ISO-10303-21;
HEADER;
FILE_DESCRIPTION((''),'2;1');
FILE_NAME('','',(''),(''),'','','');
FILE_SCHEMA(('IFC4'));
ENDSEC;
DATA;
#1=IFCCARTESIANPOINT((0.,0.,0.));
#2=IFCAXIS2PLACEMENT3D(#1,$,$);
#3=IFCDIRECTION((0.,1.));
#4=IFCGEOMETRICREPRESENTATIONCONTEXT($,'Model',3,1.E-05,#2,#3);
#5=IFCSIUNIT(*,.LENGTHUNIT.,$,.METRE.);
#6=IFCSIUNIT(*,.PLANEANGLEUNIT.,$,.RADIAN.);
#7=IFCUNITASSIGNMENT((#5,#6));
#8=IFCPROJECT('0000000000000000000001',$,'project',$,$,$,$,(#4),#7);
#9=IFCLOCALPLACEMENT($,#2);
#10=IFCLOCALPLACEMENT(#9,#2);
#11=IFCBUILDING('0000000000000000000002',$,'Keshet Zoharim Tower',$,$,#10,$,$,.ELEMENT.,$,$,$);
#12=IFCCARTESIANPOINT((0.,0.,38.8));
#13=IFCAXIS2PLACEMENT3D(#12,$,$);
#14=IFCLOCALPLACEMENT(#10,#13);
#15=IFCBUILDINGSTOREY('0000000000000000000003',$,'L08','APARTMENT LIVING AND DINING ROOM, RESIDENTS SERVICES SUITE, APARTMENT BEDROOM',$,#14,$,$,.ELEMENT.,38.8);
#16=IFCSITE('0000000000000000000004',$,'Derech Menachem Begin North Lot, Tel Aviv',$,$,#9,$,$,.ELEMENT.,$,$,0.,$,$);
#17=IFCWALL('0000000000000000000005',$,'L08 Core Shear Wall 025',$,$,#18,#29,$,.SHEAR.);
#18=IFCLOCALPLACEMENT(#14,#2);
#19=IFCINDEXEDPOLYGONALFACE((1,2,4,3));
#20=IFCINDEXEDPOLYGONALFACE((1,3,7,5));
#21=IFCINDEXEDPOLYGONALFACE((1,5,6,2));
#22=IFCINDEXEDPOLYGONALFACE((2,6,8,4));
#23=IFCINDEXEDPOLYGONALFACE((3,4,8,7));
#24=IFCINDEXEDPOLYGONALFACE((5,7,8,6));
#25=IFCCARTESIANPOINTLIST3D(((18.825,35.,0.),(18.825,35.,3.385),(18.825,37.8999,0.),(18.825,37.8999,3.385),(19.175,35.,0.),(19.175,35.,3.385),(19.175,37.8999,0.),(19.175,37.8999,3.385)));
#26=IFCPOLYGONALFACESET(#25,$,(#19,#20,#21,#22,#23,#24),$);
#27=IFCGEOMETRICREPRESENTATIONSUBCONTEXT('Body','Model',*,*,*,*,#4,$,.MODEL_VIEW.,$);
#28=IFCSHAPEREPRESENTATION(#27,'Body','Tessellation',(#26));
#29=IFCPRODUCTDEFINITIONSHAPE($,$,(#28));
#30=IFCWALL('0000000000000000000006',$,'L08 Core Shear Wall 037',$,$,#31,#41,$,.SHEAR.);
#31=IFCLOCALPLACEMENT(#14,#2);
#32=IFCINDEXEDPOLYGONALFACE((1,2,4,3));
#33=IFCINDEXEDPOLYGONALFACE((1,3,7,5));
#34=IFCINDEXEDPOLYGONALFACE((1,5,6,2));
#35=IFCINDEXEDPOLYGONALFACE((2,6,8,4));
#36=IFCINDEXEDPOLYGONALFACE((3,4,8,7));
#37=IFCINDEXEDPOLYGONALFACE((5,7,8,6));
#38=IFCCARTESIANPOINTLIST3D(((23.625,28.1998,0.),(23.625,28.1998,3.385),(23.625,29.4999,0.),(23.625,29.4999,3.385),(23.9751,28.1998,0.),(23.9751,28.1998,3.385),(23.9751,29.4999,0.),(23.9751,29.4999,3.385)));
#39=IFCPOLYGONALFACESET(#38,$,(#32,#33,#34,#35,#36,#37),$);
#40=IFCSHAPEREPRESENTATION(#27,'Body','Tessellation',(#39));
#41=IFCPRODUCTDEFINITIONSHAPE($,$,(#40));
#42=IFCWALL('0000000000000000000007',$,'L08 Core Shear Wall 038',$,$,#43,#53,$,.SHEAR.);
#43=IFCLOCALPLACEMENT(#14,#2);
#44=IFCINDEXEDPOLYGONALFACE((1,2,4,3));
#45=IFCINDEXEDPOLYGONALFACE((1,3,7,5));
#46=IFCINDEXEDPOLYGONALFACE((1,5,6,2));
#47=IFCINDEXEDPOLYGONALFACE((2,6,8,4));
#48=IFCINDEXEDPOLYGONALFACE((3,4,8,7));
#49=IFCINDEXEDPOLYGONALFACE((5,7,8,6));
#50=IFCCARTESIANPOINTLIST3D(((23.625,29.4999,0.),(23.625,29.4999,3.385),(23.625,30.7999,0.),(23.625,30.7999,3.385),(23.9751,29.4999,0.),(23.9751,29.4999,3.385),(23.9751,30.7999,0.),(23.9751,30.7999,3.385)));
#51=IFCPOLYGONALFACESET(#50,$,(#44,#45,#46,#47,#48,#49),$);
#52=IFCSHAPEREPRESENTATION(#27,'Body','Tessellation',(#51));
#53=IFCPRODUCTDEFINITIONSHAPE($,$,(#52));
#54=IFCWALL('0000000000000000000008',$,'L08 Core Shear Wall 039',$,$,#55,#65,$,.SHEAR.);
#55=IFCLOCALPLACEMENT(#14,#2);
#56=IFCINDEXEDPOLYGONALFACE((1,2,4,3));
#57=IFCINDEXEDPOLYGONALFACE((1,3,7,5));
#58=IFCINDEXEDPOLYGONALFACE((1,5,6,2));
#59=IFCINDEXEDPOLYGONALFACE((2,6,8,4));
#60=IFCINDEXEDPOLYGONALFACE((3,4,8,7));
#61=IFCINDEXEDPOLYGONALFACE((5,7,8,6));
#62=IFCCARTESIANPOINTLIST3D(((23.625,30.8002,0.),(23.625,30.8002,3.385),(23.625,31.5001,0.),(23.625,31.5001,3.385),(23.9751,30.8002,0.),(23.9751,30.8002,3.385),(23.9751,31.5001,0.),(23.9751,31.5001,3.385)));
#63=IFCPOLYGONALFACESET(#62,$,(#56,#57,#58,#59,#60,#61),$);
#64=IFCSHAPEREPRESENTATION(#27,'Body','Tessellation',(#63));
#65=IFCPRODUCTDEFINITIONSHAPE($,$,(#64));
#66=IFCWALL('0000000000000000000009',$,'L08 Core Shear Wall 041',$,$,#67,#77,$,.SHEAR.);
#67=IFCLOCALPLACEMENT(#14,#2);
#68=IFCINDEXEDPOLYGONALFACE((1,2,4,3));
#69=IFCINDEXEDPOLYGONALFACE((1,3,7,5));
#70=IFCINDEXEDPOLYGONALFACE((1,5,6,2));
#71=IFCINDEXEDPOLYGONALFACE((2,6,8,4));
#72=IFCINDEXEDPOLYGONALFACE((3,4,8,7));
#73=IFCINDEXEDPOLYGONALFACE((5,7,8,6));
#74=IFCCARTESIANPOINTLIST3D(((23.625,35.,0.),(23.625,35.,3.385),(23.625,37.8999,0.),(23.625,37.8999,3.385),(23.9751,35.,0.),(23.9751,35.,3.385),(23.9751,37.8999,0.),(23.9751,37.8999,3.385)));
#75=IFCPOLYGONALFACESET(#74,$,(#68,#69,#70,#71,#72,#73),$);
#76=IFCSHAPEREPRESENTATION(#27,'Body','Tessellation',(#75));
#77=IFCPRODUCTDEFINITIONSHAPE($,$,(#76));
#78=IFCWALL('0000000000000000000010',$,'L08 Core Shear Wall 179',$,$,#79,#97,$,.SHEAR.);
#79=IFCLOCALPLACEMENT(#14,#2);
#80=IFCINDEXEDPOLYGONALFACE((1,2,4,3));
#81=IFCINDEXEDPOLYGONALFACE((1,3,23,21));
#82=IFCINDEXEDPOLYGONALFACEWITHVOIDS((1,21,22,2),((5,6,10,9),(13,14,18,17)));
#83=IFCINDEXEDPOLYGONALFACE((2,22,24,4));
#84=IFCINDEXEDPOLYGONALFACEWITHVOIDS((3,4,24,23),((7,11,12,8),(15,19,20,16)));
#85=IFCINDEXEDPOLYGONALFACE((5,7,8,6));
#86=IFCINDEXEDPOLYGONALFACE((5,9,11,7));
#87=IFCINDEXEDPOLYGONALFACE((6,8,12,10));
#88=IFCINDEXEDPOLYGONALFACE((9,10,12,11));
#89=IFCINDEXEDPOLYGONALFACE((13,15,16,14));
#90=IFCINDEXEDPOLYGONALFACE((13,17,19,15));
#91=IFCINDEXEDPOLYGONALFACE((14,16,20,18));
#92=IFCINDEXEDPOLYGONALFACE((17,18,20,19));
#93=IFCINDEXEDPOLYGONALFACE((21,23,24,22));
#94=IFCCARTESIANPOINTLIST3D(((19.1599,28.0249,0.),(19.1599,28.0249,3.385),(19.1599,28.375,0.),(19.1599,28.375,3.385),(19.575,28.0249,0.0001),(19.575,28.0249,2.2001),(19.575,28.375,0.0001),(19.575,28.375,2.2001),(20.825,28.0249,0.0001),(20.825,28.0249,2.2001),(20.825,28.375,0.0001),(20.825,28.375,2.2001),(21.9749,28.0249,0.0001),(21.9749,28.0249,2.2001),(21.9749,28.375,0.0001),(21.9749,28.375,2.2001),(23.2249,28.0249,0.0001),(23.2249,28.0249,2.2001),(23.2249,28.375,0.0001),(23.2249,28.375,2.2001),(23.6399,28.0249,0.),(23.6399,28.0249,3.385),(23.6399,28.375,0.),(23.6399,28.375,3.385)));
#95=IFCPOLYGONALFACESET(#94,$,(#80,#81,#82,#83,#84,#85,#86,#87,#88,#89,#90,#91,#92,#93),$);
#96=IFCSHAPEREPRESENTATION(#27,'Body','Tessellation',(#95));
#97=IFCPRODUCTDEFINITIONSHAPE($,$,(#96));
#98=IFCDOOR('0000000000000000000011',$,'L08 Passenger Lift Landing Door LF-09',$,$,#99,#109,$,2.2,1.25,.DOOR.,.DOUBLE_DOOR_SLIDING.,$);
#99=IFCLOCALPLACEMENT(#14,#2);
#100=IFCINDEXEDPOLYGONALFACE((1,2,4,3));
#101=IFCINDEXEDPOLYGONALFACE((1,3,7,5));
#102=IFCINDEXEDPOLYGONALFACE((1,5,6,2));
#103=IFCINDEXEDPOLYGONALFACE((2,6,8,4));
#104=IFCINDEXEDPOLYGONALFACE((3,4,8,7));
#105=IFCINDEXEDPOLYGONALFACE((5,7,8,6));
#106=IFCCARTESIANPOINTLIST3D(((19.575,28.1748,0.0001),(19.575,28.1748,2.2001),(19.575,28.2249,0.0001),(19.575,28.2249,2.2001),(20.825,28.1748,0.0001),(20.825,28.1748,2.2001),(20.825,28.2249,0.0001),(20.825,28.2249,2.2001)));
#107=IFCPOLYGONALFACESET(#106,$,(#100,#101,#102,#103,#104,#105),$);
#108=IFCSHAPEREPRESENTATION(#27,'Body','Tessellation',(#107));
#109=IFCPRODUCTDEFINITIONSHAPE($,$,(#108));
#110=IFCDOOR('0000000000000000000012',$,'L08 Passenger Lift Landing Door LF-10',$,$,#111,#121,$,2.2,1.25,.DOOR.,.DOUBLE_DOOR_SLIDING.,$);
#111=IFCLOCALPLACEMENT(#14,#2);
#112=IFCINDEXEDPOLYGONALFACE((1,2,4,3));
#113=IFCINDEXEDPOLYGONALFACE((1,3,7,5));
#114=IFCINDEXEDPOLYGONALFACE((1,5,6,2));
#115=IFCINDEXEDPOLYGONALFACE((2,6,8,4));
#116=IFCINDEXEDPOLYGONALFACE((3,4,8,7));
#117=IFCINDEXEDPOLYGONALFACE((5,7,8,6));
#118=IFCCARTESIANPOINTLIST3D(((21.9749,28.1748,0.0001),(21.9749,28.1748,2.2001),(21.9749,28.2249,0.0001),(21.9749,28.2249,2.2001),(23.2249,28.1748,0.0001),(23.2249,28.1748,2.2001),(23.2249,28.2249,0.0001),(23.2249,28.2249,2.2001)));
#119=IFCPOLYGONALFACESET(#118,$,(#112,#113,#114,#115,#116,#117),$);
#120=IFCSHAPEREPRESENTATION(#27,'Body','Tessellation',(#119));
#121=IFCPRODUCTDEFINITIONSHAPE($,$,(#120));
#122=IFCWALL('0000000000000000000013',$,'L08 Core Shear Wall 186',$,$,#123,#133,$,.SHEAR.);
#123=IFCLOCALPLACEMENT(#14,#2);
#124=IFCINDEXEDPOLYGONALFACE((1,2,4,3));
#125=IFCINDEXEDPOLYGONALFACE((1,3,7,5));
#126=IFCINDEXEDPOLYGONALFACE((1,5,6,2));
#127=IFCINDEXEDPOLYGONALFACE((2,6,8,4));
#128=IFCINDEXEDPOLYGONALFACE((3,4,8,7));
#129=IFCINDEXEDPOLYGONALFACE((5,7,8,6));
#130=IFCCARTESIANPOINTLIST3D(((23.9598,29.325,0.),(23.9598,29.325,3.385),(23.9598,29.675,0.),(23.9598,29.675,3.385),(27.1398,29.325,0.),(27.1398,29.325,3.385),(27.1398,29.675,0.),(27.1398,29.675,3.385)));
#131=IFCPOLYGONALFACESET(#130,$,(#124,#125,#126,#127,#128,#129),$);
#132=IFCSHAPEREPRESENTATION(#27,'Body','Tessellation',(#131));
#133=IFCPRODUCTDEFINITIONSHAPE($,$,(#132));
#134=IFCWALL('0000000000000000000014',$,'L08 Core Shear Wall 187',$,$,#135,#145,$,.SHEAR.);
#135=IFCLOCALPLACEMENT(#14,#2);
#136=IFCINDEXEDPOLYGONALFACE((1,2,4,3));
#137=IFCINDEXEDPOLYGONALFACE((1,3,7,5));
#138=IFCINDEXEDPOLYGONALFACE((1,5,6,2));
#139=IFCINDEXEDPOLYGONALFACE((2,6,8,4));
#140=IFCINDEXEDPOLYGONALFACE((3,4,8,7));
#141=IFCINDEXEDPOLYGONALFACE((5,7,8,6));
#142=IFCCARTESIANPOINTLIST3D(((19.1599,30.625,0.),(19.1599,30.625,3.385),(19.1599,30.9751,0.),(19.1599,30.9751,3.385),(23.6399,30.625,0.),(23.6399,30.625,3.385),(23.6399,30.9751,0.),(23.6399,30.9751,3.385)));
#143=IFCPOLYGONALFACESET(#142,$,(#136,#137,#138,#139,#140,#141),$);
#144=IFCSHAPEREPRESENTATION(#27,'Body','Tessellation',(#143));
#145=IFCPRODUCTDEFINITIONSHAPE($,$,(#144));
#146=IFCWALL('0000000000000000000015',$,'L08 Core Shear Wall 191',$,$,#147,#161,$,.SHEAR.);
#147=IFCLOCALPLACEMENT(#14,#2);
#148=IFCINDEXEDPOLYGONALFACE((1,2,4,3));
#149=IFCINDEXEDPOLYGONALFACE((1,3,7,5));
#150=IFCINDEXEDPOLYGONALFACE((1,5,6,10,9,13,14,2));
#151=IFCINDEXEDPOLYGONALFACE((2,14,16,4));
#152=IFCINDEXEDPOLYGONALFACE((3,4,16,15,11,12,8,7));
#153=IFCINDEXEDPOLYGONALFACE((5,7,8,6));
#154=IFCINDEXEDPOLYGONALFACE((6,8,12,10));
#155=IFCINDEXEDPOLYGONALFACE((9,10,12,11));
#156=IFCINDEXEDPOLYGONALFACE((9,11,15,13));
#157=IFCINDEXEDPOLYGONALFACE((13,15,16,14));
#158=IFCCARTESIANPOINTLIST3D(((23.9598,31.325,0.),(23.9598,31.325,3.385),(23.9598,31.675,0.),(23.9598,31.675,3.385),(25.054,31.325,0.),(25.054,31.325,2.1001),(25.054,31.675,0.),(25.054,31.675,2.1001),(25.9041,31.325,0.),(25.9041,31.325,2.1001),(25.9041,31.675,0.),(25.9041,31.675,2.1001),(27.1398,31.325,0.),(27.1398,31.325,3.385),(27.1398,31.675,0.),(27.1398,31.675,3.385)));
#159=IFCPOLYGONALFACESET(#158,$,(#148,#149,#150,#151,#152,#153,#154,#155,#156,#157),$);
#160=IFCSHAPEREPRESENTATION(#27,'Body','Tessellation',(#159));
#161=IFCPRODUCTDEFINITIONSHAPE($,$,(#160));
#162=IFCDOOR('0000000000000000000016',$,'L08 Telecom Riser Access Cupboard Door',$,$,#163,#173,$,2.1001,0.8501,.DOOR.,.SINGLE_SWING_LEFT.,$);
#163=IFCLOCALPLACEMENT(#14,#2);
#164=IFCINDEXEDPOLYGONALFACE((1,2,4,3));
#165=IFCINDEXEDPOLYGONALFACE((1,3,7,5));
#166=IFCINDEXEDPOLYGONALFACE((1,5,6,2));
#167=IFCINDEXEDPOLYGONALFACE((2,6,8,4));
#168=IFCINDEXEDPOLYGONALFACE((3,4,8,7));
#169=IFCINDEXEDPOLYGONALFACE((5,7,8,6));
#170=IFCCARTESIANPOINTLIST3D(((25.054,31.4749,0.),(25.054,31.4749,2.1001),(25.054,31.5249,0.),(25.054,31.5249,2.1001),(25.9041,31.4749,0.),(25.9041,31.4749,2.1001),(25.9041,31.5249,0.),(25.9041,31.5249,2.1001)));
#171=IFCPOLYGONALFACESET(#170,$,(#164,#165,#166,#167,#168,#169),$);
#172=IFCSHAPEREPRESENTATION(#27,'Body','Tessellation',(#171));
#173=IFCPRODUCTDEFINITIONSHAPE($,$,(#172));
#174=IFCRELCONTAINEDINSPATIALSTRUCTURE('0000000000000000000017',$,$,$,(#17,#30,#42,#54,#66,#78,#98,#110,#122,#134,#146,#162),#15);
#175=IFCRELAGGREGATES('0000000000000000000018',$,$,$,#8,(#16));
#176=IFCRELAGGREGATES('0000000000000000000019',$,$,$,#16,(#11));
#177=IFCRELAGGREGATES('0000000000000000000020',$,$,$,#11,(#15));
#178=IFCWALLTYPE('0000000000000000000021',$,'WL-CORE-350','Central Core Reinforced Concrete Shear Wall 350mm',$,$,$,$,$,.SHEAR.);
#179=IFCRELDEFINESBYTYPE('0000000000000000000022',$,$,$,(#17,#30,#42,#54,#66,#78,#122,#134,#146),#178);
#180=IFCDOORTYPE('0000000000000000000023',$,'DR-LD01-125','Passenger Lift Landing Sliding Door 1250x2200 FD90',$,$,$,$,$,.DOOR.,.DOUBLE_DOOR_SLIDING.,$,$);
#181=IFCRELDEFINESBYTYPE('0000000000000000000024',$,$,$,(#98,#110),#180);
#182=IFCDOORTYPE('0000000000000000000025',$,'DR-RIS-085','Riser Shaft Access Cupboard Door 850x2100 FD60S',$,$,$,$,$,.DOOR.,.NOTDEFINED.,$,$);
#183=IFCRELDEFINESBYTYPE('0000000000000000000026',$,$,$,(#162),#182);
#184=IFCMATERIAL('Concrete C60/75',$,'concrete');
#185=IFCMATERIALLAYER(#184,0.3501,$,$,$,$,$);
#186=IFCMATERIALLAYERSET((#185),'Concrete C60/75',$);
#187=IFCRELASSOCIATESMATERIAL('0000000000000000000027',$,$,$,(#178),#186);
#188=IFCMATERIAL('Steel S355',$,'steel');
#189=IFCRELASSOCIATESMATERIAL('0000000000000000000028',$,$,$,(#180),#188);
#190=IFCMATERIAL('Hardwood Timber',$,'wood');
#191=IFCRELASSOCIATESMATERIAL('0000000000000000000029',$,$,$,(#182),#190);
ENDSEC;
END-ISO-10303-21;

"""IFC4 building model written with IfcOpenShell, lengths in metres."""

from ifc_helpers import new_model, si_unit, direction, frame, frame_2d, origin, place, context, subcontext, project, spatial, rectangle, extrude, material, layer, layer_set, type_object, element, fill, save


model = new_model("IFC4")

# Units and contexts
model_context = context("Model", 3, precision=1e-05, world=origin(), true_north=direction((0.0, 1.0)))
body_context = subcontext(model_context, "Body", "Model", "MODEL_VIEW")
ifc_project = project(units=[si_unit("LENGTHUNIT", "METRE"), si_unit("PLANEANGLEUNIT", "RADIAN")], contexts=[model_context])

# Site, building, storey
site_placement = place(None, origin())
site = spatial("IfcSite", under=ifc_project, at=site_placement, Name="Derech Menachem Begin North Lot, Tel Aviv", CompositionType="ELEMENT", RefElevation=0.0)
building_placement = place(site_placement, origin())
building = spatial("IfcBuilding", under=site, at=building_placement, Name="Keshet Zoharim Tower", CompositionType="ELEMENT")
storey_placement = place(building_placement, frame((0.0, 0.0, 38.8)))
storey = spatial("IfcBuildingStorey", under=building, at=storey_placement, Name="L08", Description="APARTMENT LIVING AND DINING ROOM, RESIDENTS SERVICES SUITE, APARTMENT BEDROOM", CompositionType="ELEMENT", Elevation=38.8)

# Walls
ifc_material_1 = material(Name="Concrete C60/75", Category="concrete")
ifc_layer_1 = layer(ifc_material_1, 0.3501)
ifc_layer_set_1 = layer_set([ifc_layer_1], Name="Concrete C60/75")
wall_type_1 = type_object("IfcWallType", Name="WL-CORE-350", Description="Central Core Reinforced Concrete Shear Wall 350mm", PredefinedType="SHEAR", material=ifc_layer_set_1)
wall_1_placement = place(storey_placement, frame((19.0, 35.0, 0.0), z_axis=(0.0, 0.0, 1.0), x_axis=(0.0, 1.0, 0.0)))
element("IfcWall", 1, at=wall_1_placement, inside=storey, type_object=wall_type_1, Name="L08 Core Shear Wall 025", PredefinedType="SHEAR", context=body_context, shape_type="SweptSolid", body=[
    extrude(rectangle(XDim=2.8999, YDim=0.3501, at=frame_2d((1.45, 0.0))), origin(), (0.0, 0.0, 1.0), 3.385),
])
for number, where, z_axis, x_axis, name in (
    (2, (23.8, 28.2, 0.0), (0.0, 0.0, 1.0), (0.0, 1.0, 0.0), "L08 Core Shear Wall 037"),
    (3, (23.8, 29.5, 0.0), (0.0, 0.0, 1.0), (0.0, 1.0, 0.0), "L08 Core Shear Wall 038"),
):
    element("IfcWall", number, at=place(storey_placement, frame(where, z_axis=z_axis, x_axis=x_axis)), inside=storey, type_object=wall_type_1, Name=name, PredefinedType="SHEAR", context=body_context, shape_type="SweptSolid", body=[
        extrude(rectangle(XDim=1.3, YDim=0.3501, at=frame_2d((0.6499, 0.0))), origin(), (0.0, 0.0, 1.0), 3.385),
    ])
wall_2_placement = place(storey_placement, frame((23.8, 30.8, 0.0), z_axis=(0.0, 0.0, 1.0), x_axis=(0.0, 1.0, 0.0)))
element("IfcWall", 4, at=wall_2_placement, inside=storey, type_object=wall_type_1, Name="L08 Core Shear Wall 039", PredefinedType="SHEAR", context=body_context, shape_type="SweptSolid", body=[
    extrude(rectangle(XDim=0.7, YDim=0.3501, at=frame_2d((0.3501, 0.0))), origin(), (0.0, 0.0, 1.0), 3.385),
])

# Shared definitions
ifc_material_2 = material(Name="Hardwood Timber", Category="wood")

# Wall
wall_3_placement = place(storey_placement, frame((23.8, 35.0, 0.0), z_axis=(0.0, 0.0, 1.0), x_axis=(0.0, 1.0, 0.0)))
element("IfcWall", 5, at=wall_3_placement, inside=storey, type_object=wall_type_1, Name="L08 Core Shear Wall 041", PredefinedType="SHEAR", context=body_context, shape_type="SweptSolid", body=[
    extrude(rectangle(XDim=2.8999, YDim=0.3501, at=frame_2d((1.45, 0.0))), origin(), (0.0, 0.0, 1.0), 3.385),
])

# Wall, openings, doors
wall_4_placement = place(storey_placement, frame((19.1599, 28.2, 0.0), z_axis=(0.0, 0.0, 1.0), x_axis=(1.0, 0.0, 0.0)))
wall_4 = element("IfcWall", 6, at=wall_4_placement, inside=storey, type_object=wall_type_1, Name="L08 Core Shear Wall 179", PredefinedType="SHEAR", context=body_context, shape_type="SweptSolid", body=[
    extrude(rectangle(XDim=4.48, YDim=0.3501, at=frame_2d((2.24, 0.0))), origin(), (0.0, 0.0, 1.0), 3.385),
])
opening_1_placement = place(wall_4_placement, frame((0.415, 0.0, 0.0)))
opening_1 = element("IfcOpeningElement", 7, at=opening_1_placement, cuts=wall_4, PredefinedType="OPENING", context=body_context, shape_type="SweptSolid", body=[
    extrude(rectangle(XDim=1.25, YDim=2.2, at=frame_2d((0.625, 1.1001))), frame((0.0, 0.1851, 0.0), z_axis=(0.0, -1.0, 0.0), x_axis=(1.0, 0.0, 0.0)), (0.0, 0.0, 1.0), 0.3701),
])
opening_2_placement = place(wall_4_placement, frame((2.8149, 0.0, 0.0)))
opening_2 = element("IfcOpeningElement", 8, at=opening_2_placement, cuts=wall_4, PredefinedType="OPENING", context=body_context, shape_type="SweptSolid", body=[
    extrude(rectangle(XDim=1.25, YDim=2.2, at=frame_2d((0.625, 1.1001))), frame((0.0, 0.1851, 0.0), z_axis=(0.0, -1.0, 0.0), x_axis=(1.0, 0.0, 0.0)), (0.0, 0.0, 1.0), 0.3701),
])
ifc_material_3 = material(Name="Steel S355", Category="steel")
door_type_1 = type_object("IfcDoorType", Name="DR-LD01-125", Description="Passenger Lift Landing Sliding Door 1250x2200 FD90", OperationType="DOUBLE_DOOR_SLIDING", PredefinedType="DOOR", material=ifc_material_3)
door_1_placement = place(opening_1_placement, origin())
door_1 = element("IfcDoor", 9, at=door_1_placement, inside=storey, type_object=door_type_1, Name="L08 Passenger Lift Landing Door LF-09", OperationType="DOUBLE_DOOR_SLIDING", OverallHeight=2.2, OverallWidth=1.25, PredefinedType="DOOR", context=body_context, shape_type="SweptSolid", body=[
    extrude(rectangle(XDim=1.25, YDim=2.2, at=frame_2d((0.625, 1.1001))), frame((0.0, 0.0249, 0.0), z_axis=(0.0, -1.0, 0.0), x_axis=(1.0, 0.0, 0.0)), (0.0, 0.0, 1.0), 0.05),
])
fill(opening_1, door_1)
door_2_placement = place(opening_2_placement, origin())
door_2 = element("IfcDoor", 10, at=door_2_placement, inside=storey, type_object=door_type_1, Name="L08 Passenger Lift Landing Door LF-10", OperationType="DOUBLE_DOOR_SLIDING", OverallHeight=2.2, OverallWidth=1.25, PredefinedType="DOOR", context=body_context, shape_type="SweptSolid", body=[
    extrude(rectangle(XDim=1.25, YDim=2.2, at=frame_2d((0.625, 1.1001))), frame((0.0, 0.0249, 0.0), z_axis=(0.0, -1.0, 0.0), x_axis=(1.0, 0.0, 0.0)), (0.0, 0.0, 1.0), 0.05),
])
fill(opening_2, door_2)

# Walls
wall_5_placement = place(storey_placement, frame((23.96, 29.5, 0.0), z_axis=(0.0, 0.0, 1.0), x_axis=(1.0, 0.0, 0.0)))
element("IfcWall", 11, at=wall_5_placement, inside=storey, type_object=wall_type_1, Name="L08 Core Shear Wall 186", PredefinedType="SHEAR", context=body_context, shape_type="SweptSolid", body=[
    extrude(rectangle(XDim=3.1799, YDim=0.3501, at=frame_2d((1.5898, 0.0))), origin(), (0.0, 0.0, 1.0), 3.385),
])
wall_6_placement = place(storey_placement, frame((19.1599, 30.8, 0.0), z_axis=(0.0, 0.0, 1.0), x_axis=(1.0, 0.0, 0.0)))
element("IfcWall", 12, at=wall_6_placement, inside=storey, type_object=wall_type_1, Name="L08 Core Shear Wall 187", PredefinedType="SHEAR", context=body_context, shape_type="SweptSolid", body=[
    extrude(rectangle(XDim=4.48, YDim=0.3501, at=frame_2d((2.24, 0.0))), origin(), (0.0, 0.0, 1.0), 3.385),
])

# Wall, opening, door
wall_7_placement = place(storey_placement, frame((23.96, 31.5, 0.0), z_axis=(0.0, 0.0, 1.0), x_axis=(1.0, 0.0, 0.0)))
wall_7 = element("IfcWall", 13, at=wall_7_placement, inside=storey, type_object=wall_type_1, Name="L08 Core Shear Wall 191", PredefinedType="SHEAR", context=body_context, shape_type="SweptSolid", body=[
    extrude(rectangle(XDim=3.1799, YDim=0.3501, at=frame_2d((1.5898, 0.0))), origin(), (0.0, 0.0, 1.0), 3.385),
])
opening_3_placement = place(wall_7_placement, frame((1.094, 0.0, 0.0)))
opening_3 = element("IfcOpeningElement", 14, at=opening_3_placement, cuts=wall_7, PredefinedType="OPENING", context=body_context, shape_type="SweptSolid", body=[
    extrude(rectangle(XDim=0.8501, YDim=2.1001, at=frame_2d((0.425, 1.05))), frame((0.0, 0.1851, 0.0), z_axis=(0.0, -1.0, 0.0), x_axis=(1.0, 0.0, 0.0)), (0.0, 0.0, 1.0), 0.3701),
])
door_type_2 = type_object("IfcDoorType", Name="DR-RIS-085", Description="Riser Shaft Access Cupboard Door 850x2100 FD60S", OperationType="NOTDEFINED", PredefinedType="DOOR", material=ifc_material_2)
door_3_placement = place(opening_3_placement, origin())
door_3 = element("IfcDoor", 15, at=door_3_placement, inside=storey, type_object=door_type_2, Name="L08 Telecom Riser Access Cupboard Door", OperationType="SINGLE_SWING_LEFT", OverallHeight=2.1001, OverallWidth=0.8501, PredefinedType="DOOR", context=body_context, shape_type="SweptSolid", body=[
    extrude(rectangle(XDim=0.8501, YDim=2.1001, at=frame_2d((0.425, 1.05))), frame((0.0, 0.0249, 0.0), z_axis=(0.0, -1.0, 0.0), x_axis=(1.0, 0.0, 0.0)), (0.0, 0.0, 1.0), 0.05),
])
fill(opening_3, door_3)

save(model, "model.ifc")
